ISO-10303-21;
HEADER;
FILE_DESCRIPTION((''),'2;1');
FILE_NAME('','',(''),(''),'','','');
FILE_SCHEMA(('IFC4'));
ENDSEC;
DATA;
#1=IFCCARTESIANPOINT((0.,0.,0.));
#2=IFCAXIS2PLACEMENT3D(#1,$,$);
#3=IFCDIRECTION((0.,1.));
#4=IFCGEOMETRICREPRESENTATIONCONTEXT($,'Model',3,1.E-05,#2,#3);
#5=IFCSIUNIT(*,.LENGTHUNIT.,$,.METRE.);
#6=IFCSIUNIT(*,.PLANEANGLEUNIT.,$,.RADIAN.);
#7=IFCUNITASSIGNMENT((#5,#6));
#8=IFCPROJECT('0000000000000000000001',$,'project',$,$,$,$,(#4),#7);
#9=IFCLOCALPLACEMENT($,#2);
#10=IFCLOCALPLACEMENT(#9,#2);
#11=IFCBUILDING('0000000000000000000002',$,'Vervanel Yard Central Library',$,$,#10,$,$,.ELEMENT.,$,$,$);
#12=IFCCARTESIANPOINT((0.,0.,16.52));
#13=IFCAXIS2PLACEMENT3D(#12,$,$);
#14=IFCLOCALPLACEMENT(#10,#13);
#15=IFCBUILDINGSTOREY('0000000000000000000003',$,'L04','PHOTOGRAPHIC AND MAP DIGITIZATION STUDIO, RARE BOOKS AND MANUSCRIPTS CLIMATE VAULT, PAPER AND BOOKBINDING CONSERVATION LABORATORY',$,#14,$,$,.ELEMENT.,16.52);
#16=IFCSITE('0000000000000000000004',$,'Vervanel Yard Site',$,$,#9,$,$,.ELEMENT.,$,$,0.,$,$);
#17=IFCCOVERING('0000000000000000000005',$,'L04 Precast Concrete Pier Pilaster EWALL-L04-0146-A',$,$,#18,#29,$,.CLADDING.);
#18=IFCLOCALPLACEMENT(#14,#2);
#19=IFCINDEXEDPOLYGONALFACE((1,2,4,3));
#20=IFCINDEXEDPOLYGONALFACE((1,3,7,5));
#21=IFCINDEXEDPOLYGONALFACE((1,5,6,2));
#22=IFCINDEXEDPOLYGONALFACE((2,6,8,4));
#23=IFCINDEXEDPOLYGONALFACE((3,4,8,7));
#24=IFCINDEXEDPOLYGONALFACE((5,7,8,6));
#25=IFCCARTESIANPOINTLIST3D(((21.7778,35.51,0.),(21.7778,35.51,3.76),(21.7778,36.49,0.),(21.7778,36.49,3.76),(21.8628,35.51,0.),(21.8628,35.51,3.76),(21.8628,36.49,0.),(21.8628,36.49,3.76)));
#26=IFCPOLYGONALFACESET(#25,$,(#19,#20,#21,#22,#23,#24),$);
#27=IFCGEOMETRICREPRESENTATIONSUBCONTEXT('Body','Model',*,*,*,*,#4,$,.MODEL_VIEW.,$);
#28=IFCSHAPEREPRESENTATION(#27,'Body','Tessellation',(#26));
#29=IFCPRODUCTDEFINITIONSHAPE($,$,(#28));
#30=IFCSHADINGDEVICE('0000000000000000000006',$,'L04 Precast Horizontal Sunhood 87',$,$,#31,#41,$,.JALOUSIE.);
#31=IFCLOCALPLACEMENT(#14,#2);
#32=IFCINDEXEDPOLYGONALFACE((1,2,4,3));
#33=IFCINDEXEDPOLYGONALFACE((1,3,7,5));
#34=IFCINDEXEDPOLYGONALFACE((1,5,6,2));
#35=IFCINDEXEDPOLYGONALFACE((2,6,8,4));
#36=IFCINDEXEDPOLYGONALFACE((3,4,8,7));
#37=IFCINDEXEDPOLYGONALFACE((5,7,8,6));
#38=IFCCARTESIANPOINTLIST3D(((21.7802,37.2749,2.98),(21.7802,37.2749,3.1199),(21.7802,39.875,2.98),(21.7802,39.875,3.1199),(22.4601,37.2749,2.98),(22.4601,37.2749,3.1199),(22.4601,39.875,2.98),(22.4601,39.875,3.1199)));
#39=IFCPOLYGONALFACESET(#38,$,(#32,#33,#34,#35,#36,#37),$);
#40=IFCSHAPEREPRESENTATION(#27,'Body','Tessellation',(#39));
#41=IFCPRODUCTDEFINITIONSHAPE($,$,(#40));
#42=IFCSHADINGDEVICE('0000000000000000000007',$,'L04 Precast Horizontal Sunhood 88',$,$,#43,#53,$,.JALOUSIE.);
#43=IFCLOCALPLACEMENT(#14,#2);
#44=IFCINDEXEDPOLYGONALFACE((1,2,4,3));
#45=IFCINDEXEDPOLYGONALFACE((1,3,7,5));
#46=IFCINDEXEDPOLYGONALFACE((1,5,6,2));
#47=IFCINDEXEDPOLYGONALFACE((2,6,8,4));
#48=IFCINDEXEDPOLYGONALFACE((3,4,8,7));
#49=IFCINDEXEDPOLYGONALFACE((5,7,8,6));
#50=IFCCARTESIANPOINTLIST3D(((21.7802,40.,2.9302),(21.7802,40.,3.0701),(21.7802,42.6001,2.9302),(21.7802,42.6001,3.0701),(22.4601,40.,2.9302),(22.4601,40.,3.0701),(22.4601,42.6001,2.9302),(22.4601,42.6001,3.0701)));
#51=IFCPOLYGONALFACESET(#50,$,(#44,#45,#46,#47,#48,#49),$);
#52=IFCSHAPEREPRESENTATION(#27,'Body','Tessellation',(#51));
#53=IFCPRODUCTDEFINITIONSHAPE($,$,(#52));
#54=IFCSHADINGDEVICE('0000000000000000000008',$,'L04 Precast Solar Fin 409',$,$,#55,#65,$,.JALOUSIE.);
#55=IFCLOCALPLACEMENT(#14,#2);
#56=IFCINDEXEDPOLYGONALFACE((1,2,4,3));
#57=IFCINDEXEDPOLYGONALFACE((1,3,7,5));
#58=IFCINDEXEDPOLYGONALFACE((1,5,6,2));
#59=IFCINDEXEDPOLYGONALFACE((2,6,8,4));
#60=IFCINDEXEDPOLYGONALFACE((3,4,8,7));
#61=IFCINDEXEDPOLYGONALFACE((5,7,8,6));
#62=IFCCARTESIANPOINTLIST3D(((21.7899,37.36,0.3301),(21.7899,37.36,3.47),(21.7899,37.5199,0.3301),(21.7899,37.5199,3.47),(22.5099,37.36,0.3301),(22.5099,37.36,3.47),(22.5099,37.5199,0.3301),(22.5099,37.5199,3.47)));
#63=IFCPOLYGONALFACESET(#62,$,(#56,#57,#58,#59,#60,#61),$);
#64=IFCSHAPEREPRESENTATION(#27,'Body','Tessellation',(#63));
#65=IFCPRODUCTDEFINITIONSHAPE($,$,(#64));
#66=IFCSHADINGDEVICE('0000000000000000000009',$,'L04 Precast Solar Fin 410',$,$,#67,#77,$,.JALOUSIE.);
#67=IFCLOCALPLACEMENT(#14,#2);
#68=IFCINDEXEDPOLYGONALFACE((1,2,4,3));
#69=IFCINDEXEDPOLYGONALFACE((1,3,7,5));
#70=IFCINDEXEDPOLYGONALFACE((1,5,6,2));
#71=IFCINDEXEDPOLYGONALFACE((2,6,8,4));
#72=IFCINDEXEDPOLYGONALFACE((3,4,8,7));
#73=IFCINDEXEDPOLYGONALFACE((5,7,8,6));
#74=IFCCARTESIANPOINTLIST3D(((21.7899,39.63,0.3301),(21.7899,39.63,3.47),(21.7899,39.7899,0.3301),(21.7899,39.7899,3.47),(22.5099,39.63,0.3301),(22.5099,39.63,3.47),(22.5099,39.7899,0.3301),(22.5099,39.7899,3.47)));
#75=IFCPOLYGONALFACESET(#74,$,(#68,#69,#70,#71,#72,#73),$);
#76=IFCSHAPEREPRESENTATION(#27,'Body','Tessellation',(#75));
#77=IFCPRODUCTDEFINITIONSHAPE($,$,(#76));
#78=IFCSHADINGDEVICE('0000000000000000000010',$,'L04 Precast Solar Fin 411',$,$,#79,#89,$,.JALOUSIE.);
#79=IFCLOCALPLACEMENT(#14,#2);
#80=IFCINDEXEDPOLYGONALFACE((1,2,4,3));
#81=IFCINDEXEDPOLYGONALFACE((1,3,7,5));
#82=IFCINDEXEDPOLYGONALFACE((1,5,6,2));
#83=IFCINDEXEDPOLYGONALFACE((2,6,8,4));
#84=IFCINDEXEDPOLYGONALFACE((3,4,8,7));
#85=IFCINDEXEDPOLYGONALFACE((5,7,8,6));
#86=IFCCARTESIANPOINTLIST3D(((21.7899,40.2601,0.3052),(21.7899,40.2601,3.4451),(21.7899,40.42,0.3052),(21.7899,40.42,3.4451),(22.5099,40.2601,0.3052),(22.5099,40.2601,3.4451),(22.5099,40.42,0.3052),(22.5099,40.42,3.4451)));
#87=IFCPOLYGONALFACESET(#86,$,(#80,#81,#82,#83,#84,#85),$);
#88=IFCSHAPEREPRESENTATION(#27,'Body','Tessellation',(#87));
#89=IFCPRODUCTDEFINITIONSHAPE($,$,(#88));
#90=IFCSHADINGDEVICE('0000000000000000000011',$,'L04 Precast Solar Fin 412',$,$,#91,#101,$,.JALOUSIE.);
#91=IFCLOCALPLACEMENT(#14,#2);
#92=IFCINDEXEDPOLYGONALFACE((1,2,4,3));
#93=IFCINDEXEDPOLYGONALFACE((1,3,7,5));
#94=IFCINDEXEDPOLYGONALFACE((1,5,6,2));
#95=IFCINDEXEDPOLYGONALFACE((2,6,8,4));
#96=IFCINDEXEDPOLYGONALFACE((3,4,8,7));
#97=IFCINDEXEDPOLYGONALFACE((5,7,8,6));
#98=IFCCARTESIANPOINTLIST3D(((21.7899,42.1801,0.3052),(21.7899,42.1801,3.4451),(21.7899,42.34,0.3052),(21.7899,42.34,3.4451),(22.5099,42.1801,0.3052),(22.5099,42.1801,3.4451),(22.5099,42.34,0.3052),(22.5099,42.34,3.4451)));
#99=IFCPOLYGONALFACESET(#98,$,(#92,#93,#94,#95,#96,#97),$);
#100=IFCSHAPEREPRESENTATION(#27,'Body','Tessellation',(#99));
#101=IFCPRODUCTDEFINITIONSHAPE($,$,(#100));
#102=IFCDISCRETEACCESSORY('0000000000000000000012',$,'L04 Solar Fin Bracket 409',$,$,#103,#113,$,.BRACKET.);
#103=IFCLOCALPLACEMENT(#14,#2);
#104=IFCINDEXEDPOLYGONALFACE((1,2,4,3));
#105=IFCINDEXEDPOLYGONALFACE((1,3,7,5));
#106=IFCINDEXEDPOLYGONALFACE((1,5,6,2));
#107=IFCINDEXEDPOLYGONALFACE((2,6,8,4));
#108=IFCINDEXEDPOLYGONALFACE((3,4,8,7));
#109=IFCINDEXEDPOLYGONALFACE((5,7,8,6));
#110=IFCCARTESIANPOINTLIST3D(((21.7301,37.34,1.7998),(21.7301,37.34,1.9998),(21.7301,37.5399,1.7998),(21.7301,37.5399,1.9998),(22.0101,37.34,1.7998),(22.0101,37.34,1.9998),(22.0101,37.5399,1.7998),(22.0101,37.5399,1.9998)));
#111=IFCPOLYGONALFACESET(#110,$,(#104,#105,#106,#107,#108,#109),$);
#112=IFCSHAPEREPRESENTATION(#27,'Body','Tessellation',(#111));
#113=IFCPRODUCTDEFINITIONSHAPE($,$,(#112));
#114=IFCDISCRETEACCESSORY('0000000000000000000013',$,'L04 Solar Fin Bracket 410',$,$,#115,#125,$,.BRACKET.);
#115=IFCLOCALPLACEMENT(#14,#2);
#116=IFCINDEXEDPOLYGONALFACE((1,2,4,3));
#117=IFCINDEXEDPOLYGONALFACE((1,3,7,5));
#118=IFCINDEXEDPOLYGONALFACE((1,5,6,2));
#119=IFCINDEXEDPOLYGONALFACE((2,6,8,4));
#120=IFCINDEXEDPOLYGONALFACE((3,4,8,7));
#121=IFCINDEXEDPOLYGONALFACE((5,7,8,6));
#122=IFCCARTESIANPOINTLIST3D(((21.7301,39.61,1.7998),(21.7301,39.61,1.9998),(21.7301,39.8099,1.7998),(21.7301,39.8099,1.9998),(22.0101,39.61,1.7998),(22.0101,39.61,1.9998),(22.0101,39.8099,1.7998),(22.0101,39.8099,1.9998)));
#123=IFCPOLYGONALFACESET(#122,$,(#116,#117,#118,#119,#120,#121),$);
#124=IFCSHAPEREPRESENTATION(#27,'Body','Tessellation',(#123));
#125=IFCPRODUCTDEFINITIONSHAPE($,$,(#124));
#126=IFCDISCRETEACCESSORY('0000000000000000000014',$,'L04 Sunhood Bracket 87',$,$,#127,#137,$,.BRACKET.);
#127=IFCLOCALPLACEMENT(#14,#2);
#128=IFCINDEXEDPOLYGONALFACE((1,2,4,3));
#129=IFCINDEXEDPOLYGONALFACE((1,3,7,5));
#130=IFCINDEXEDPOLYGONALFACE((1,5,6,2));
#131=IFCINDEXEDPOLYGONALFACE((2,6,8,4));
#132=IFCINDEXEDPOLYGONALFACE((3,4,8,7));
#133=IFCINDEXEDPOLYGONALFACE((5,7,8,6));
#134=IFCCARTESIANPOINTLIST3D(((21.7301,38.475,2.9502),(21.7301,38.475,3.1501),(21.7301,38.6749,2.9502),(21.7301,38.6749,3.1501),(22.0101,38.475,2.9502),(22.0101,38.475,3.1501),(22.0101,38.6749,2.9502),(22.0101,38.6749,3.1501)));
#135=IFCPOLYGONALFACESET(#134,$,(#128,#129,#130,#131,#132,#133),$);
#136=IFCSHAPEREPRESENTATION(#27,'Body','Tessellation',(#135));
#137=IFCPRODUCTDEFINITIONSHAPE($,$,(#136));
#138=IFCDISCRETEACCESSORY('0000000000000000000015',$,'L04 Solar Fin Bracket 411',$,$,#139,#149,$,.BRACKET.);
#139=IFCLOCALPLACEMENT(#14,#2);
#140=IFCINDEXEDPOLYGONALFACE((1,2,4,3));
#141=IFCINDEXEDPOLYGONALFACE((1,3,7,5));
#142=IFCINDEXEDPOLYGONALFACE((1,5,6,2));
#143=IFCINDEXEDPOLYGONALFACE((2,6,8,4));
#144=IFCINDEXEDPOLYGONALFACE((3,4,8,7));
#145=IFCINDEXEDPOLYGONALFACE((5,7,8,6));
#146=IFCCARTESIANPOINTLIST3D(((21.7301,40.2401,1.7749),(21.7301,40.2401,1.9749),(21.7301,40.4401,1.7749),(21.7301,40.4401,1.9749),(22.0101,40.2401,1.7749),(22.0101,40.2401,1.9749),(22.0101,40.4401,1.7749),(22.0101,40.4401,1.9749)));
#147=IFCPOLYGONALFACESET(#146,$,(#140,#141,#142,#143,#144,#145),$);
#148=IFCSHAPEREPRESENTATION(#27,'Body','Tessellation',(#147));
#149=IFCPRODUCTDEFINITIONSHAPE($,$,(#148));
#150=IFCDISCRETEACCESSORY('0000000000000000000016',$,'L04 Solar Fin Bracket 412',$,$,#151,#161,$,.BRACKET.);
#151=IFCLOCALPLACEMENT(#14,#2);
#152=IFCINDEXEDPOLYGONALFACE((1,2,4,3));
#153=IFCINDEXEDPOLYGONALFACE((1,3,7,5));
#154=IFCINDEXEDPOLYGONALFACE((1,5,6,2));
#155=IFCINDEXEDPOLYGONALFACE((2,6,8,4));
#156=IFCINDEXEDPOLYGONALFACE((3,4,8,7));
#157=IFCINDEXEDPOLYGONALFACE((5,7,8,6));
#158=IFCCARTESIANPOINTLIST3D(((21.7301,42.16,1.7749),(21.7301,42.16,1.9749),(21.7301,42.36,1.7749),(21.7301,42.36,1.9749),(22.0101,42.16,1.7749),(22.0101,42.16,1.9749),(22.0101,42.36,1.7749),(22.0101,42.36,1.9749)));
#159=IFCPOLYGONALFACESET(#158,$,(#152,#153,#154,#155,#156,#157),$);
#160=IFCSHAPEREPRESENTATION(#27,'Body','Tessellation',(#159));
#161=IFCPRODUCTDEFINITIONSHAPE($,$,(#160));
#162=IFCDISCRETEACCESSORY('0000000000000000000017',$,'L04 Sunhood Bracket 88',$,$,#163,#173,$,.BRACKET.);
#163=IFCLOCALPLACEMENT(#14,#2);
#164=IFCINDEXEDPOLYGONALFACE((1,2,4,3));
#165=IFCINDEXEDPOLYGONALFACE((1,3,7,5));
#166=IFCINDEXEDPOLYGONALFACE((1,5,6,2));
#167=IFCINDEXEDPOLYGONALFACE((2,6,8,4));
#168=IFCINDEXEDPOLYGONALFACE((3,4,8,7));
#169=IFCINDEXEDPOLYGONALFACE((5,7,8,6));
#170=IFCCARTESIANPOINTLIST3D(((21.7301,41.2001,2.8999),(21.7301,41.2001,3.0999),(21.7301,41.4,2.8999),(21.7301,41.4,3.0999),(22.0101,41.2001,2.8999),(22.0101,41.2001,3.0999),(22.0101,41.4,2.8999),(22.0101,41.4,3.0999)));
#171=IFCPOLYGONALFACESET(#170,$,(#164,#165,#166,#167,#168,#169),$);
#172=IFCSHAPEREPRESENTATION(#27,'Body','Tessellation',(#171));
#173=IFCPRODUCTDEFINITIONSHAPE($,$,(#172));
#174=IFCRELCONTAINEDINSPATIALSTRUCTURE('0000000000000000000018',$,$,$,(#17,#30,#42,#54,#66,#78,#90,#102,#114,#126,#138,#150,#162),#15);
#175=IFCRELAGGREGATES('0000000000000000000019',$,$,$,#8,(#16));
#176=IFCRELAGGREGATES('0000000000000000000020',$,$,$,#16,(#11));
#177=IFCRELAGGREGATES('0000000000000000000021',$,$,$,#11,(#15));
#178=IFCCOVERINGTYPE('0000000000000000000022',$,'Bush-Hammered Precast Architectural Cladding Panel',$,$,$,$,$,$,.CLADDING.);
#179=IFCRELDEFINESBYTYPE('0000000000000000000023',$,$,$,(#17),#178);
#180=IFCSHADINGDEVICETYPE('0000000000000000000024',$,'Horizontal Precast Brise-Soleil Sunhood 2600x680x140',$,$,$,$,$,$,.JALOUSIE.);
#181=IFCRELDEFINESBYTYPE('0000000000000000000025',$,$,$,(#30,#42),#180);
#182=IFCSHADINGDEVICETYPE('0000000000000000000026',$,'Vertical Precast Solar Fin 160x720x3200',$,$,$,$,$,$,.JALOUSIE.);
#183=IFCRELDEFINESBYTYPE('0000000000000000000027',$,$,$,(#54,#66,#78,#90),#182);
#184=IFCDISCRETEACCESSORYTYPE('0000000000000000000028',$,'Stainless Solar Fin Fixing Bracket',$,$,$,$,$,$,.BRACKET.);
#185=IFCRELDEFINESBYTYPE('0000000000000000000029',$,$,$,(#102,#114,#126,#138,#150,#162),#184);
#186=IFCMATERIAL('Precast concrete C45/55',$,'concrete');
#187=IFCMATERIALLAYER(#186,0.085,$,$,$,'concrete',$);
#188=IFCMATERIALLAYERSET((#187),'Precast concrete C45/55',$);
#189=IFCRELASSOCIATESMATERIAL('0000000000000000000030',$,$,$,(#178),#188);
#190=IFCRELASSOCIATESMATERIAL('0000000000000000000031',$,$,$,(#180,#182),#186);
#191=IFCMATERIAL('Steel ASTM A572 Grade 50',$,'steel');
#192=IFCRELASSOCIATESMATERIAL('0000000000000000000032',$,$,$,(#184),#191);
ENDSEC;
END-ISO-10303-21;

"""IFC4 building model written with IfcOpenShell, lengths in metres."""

from ifc_helpers import new_model, si_unit, direction, frame, origin, origin_2d, place, context, subcontext, project, spatial, rectangle, extrude, material, layer, layer_set, type_object, element, save


model = new_model("IFC4")

# Units and contexts
model_context = context("Model", 3, precision=1e-05, world=origin(), true_north=direction((0.0, 1.0)))
body_context = subcontext(model_context, "Body", "Model", "MODEL_VIEW")
ifc_project = project(units=[si_unit("LENGTHUNIT", "METRE"), si_unit("PLANEANGLEUNIT", "RADIAN")], contexts=[model_context])

# Site, building, storey
site_placement = place(None, origin())
site = spatial("IfcSite", under=ifc_project, at=site_placement, Name="Vervanel Yard Site", CompositionType="ELEMENT", RefElevation=0.0)
building_placement = place(site_placement, origin())
building = spatial("IfcBuilding", under=site, at=building_placement, Name="Vervanel Yard Central Library", CompositionType="ELEMENT")
storey_placement = place(building_placement, frame((0.0, 0.0, 16.52)))
storey = spatial("IfcBuildingStorey", under=building, at=storey_placement, Name="L04", Description="PHOTOGRAPHIC AND MAP DIGITIZATION STUDIO, RARE BOOKS AND MANUSCRIPTS CLIMATE VAULT, PAPER AND BOOKBINDING CONSERVATION LABORATORY", CompositionType="ELEMENT", Elevation=16.52)

# Shared definitions
ifc_material_1 = material(Name="Precast concrete C45/55", Category="concrete")

# Covering
ifc_layer_1 = layer(ifc_material_1, 0.085, Category="concrete")
ifc_layer_set_1 = layer_set([ifc_layer_1], Name="Precast concrete C45/55")
covering_type = type_object("IfcCoveringType", Name="Bush-Hammered Precast Architectural Cladding Panel", PredefinedType="CLADDING", material=ifc_layer_set_1)
covering_1_placement = place(storey_placement, frame((21.8203, 36.0, 0.0), z_axis=(0.0, 0.0, 1.0), x_axis=(0.0, 1.0, 0.0)))
element("IfcCovering", 1, at=covering_1_placement, inside=storey, type_object=covering_type, Name="L04 Precast Concrete Pier Pilaster EWALL-L04-0146-A", PredefinedType="CLADDING", context=body_context, shape_type="SweptSolid", body=[
    extrude(rectangle(XDim=0.98, YDim=0.085, at=origin_2d()), origin(), (0.0, 0.0, 1.0), 3.76),
])

# Shading devices
shading_device_type_1 = type_object("IfcShadingDeviceType", Name="Horizontal Precast Brise-Soleil Sunhood 2600x680x140", PredefinedType="JALOUSIE", material=ifc_material_1)
for number, where, z_axis, x_axis, name in (
    (2, (22.1201, 38.575, 2.98), (0.0, 0.0, 1.0), (0.0, 1.0, 0.0), "L04 Precast Horizontal Sunhood 87"),
    (3, (22.1201, 41.3, 2.9302), (0.0, 0.0, 1.0), (0.0, 1.0, 0.0), "L04 Precast Horizontal Sunhood 88"),
):
    element("IfcShadingDevice", number, at=place(storey_placement, frame(where, z_axis=z_axis, x_axis=x_axis)), inside=storey, type_object=shading_device_type_1, Name=name, PredefinedType="JALOUSIE", context=body_context, shape_type="SweptSolid", body=[
        extrude(rectangle(XDim=2.6001, YDim=0.6799, at=origin_2d()), origin(), (0.0, 0.0, 1.0), 0.1399),
    ])
shading_device_type_2 = type_object("IfcShadingDeviceType", Name="Vertical Precast Solar Fin 160x720x3200", PredefinedType="JALOUSIE", material=ifc_material_1)
for number, where, z_axis, x_axis, name in (
    (4, (22.1499, 37.4399, 0.3301), (0.0, 0.0, 1.0), (0.0, 1.0, 0.0), "L04 Precast Solar Fin 409"),
    (5, (22.1499, 39.71, 0.3301), (0.0, 0.0, 1.0), (0.0, 1.0, 0.0), "L04 Precast Solar Fin 410"),
    (6, (22.1499, 40.3401, 0.3052), (0.0, 0.0, 1.0), (0.0, 1.0, 0.0), "L04 Precast Solar Fin 411"),
    (7, (22.1499, 42.26, 0.3052), (0.0, 0.0, 1.0), (0.0, 1.0, 0.0), "L04 Precast Solar Fin 412"),
):
    element("IfcShadingDevice", number, at=place(storey_placement, frame(where, z_axis=z_axis, x_axis=x_axis)), inside=storey, type_object=shading_device_type_2, Name=name, PredefinedType="JALOUSIE", context=body_context, shape_type="SweptSolid", body=[
        extrude(rectangle(XDim=0.1599, YDim=0.72, at=origin_2d()), origin(), (0.0, 0.0, 1.0), 3.1399),
    ])

# Discrete accessories
ifc_material_2 = material(Name="Steel ASTM A572 Grade 50", Category="steel")
discrete_accessory_type = type_object("IfcDiscreteAccessoryType", Name="Stainless Solar Fin Fixing Bracket", PredefinedType="BRACKET", material=ifc_material_2)
for number, where, z_axis, x_axis, name in (
    (8, (21.8701, 37.4399, 1.7998), (0.0, 0.0, 1.0), (0.0, 1.0, 0.0), "L04 Solar Fin Bracket 409"),
    (9, (21.8701, 39.71, 1.7998), (0.0, 0.0, 1.0), (0.0, 1.0, 0.0), "L04 Solar Fin Bracket 410"),
    (10, (21.8701, 38.575, 2.9502), (0.0, 0.0, 1.0), (0.0, 1.0, 0.0), "L04 Sunhood Bracket 87"),
    (11, (21.8701, 40.3401, 1.7749), (0.0, 0.0, 1.0), (0.0, 1.0, 0.0), "L04 Solar Fin Bracket 411"),
    (12, (21.8701, 42.26, 1.7749), (0.0, 0.0, 1.0), (0.0, 1.0, 0.0), "L04 Solar Fin Bracket 412"),
    (13, (21.8701, 41.3, 2.8999), (0.0, 0.0, 1.0), (0.0, 1.0, 0.0), "L04 Sunhood Bracket 88"),
):
    element("IfcDiscreteAccessory", number, at=place(storey_placement, frame(where, z_axis=z_axis, x_axis=x_axis)), inside=storey, type_object=discrete_accessory_type, Name=name, PredefinedType="BRACKET", context=body_context, shape_type="SweptSolid", body=[
        extrude(rectangle(XDim=0.2, YDim=0.28, at=origin_2d()), origin(), (0.0, 0.0, 1.0), 0.2),
    ])

save(model, "model.ifc")
